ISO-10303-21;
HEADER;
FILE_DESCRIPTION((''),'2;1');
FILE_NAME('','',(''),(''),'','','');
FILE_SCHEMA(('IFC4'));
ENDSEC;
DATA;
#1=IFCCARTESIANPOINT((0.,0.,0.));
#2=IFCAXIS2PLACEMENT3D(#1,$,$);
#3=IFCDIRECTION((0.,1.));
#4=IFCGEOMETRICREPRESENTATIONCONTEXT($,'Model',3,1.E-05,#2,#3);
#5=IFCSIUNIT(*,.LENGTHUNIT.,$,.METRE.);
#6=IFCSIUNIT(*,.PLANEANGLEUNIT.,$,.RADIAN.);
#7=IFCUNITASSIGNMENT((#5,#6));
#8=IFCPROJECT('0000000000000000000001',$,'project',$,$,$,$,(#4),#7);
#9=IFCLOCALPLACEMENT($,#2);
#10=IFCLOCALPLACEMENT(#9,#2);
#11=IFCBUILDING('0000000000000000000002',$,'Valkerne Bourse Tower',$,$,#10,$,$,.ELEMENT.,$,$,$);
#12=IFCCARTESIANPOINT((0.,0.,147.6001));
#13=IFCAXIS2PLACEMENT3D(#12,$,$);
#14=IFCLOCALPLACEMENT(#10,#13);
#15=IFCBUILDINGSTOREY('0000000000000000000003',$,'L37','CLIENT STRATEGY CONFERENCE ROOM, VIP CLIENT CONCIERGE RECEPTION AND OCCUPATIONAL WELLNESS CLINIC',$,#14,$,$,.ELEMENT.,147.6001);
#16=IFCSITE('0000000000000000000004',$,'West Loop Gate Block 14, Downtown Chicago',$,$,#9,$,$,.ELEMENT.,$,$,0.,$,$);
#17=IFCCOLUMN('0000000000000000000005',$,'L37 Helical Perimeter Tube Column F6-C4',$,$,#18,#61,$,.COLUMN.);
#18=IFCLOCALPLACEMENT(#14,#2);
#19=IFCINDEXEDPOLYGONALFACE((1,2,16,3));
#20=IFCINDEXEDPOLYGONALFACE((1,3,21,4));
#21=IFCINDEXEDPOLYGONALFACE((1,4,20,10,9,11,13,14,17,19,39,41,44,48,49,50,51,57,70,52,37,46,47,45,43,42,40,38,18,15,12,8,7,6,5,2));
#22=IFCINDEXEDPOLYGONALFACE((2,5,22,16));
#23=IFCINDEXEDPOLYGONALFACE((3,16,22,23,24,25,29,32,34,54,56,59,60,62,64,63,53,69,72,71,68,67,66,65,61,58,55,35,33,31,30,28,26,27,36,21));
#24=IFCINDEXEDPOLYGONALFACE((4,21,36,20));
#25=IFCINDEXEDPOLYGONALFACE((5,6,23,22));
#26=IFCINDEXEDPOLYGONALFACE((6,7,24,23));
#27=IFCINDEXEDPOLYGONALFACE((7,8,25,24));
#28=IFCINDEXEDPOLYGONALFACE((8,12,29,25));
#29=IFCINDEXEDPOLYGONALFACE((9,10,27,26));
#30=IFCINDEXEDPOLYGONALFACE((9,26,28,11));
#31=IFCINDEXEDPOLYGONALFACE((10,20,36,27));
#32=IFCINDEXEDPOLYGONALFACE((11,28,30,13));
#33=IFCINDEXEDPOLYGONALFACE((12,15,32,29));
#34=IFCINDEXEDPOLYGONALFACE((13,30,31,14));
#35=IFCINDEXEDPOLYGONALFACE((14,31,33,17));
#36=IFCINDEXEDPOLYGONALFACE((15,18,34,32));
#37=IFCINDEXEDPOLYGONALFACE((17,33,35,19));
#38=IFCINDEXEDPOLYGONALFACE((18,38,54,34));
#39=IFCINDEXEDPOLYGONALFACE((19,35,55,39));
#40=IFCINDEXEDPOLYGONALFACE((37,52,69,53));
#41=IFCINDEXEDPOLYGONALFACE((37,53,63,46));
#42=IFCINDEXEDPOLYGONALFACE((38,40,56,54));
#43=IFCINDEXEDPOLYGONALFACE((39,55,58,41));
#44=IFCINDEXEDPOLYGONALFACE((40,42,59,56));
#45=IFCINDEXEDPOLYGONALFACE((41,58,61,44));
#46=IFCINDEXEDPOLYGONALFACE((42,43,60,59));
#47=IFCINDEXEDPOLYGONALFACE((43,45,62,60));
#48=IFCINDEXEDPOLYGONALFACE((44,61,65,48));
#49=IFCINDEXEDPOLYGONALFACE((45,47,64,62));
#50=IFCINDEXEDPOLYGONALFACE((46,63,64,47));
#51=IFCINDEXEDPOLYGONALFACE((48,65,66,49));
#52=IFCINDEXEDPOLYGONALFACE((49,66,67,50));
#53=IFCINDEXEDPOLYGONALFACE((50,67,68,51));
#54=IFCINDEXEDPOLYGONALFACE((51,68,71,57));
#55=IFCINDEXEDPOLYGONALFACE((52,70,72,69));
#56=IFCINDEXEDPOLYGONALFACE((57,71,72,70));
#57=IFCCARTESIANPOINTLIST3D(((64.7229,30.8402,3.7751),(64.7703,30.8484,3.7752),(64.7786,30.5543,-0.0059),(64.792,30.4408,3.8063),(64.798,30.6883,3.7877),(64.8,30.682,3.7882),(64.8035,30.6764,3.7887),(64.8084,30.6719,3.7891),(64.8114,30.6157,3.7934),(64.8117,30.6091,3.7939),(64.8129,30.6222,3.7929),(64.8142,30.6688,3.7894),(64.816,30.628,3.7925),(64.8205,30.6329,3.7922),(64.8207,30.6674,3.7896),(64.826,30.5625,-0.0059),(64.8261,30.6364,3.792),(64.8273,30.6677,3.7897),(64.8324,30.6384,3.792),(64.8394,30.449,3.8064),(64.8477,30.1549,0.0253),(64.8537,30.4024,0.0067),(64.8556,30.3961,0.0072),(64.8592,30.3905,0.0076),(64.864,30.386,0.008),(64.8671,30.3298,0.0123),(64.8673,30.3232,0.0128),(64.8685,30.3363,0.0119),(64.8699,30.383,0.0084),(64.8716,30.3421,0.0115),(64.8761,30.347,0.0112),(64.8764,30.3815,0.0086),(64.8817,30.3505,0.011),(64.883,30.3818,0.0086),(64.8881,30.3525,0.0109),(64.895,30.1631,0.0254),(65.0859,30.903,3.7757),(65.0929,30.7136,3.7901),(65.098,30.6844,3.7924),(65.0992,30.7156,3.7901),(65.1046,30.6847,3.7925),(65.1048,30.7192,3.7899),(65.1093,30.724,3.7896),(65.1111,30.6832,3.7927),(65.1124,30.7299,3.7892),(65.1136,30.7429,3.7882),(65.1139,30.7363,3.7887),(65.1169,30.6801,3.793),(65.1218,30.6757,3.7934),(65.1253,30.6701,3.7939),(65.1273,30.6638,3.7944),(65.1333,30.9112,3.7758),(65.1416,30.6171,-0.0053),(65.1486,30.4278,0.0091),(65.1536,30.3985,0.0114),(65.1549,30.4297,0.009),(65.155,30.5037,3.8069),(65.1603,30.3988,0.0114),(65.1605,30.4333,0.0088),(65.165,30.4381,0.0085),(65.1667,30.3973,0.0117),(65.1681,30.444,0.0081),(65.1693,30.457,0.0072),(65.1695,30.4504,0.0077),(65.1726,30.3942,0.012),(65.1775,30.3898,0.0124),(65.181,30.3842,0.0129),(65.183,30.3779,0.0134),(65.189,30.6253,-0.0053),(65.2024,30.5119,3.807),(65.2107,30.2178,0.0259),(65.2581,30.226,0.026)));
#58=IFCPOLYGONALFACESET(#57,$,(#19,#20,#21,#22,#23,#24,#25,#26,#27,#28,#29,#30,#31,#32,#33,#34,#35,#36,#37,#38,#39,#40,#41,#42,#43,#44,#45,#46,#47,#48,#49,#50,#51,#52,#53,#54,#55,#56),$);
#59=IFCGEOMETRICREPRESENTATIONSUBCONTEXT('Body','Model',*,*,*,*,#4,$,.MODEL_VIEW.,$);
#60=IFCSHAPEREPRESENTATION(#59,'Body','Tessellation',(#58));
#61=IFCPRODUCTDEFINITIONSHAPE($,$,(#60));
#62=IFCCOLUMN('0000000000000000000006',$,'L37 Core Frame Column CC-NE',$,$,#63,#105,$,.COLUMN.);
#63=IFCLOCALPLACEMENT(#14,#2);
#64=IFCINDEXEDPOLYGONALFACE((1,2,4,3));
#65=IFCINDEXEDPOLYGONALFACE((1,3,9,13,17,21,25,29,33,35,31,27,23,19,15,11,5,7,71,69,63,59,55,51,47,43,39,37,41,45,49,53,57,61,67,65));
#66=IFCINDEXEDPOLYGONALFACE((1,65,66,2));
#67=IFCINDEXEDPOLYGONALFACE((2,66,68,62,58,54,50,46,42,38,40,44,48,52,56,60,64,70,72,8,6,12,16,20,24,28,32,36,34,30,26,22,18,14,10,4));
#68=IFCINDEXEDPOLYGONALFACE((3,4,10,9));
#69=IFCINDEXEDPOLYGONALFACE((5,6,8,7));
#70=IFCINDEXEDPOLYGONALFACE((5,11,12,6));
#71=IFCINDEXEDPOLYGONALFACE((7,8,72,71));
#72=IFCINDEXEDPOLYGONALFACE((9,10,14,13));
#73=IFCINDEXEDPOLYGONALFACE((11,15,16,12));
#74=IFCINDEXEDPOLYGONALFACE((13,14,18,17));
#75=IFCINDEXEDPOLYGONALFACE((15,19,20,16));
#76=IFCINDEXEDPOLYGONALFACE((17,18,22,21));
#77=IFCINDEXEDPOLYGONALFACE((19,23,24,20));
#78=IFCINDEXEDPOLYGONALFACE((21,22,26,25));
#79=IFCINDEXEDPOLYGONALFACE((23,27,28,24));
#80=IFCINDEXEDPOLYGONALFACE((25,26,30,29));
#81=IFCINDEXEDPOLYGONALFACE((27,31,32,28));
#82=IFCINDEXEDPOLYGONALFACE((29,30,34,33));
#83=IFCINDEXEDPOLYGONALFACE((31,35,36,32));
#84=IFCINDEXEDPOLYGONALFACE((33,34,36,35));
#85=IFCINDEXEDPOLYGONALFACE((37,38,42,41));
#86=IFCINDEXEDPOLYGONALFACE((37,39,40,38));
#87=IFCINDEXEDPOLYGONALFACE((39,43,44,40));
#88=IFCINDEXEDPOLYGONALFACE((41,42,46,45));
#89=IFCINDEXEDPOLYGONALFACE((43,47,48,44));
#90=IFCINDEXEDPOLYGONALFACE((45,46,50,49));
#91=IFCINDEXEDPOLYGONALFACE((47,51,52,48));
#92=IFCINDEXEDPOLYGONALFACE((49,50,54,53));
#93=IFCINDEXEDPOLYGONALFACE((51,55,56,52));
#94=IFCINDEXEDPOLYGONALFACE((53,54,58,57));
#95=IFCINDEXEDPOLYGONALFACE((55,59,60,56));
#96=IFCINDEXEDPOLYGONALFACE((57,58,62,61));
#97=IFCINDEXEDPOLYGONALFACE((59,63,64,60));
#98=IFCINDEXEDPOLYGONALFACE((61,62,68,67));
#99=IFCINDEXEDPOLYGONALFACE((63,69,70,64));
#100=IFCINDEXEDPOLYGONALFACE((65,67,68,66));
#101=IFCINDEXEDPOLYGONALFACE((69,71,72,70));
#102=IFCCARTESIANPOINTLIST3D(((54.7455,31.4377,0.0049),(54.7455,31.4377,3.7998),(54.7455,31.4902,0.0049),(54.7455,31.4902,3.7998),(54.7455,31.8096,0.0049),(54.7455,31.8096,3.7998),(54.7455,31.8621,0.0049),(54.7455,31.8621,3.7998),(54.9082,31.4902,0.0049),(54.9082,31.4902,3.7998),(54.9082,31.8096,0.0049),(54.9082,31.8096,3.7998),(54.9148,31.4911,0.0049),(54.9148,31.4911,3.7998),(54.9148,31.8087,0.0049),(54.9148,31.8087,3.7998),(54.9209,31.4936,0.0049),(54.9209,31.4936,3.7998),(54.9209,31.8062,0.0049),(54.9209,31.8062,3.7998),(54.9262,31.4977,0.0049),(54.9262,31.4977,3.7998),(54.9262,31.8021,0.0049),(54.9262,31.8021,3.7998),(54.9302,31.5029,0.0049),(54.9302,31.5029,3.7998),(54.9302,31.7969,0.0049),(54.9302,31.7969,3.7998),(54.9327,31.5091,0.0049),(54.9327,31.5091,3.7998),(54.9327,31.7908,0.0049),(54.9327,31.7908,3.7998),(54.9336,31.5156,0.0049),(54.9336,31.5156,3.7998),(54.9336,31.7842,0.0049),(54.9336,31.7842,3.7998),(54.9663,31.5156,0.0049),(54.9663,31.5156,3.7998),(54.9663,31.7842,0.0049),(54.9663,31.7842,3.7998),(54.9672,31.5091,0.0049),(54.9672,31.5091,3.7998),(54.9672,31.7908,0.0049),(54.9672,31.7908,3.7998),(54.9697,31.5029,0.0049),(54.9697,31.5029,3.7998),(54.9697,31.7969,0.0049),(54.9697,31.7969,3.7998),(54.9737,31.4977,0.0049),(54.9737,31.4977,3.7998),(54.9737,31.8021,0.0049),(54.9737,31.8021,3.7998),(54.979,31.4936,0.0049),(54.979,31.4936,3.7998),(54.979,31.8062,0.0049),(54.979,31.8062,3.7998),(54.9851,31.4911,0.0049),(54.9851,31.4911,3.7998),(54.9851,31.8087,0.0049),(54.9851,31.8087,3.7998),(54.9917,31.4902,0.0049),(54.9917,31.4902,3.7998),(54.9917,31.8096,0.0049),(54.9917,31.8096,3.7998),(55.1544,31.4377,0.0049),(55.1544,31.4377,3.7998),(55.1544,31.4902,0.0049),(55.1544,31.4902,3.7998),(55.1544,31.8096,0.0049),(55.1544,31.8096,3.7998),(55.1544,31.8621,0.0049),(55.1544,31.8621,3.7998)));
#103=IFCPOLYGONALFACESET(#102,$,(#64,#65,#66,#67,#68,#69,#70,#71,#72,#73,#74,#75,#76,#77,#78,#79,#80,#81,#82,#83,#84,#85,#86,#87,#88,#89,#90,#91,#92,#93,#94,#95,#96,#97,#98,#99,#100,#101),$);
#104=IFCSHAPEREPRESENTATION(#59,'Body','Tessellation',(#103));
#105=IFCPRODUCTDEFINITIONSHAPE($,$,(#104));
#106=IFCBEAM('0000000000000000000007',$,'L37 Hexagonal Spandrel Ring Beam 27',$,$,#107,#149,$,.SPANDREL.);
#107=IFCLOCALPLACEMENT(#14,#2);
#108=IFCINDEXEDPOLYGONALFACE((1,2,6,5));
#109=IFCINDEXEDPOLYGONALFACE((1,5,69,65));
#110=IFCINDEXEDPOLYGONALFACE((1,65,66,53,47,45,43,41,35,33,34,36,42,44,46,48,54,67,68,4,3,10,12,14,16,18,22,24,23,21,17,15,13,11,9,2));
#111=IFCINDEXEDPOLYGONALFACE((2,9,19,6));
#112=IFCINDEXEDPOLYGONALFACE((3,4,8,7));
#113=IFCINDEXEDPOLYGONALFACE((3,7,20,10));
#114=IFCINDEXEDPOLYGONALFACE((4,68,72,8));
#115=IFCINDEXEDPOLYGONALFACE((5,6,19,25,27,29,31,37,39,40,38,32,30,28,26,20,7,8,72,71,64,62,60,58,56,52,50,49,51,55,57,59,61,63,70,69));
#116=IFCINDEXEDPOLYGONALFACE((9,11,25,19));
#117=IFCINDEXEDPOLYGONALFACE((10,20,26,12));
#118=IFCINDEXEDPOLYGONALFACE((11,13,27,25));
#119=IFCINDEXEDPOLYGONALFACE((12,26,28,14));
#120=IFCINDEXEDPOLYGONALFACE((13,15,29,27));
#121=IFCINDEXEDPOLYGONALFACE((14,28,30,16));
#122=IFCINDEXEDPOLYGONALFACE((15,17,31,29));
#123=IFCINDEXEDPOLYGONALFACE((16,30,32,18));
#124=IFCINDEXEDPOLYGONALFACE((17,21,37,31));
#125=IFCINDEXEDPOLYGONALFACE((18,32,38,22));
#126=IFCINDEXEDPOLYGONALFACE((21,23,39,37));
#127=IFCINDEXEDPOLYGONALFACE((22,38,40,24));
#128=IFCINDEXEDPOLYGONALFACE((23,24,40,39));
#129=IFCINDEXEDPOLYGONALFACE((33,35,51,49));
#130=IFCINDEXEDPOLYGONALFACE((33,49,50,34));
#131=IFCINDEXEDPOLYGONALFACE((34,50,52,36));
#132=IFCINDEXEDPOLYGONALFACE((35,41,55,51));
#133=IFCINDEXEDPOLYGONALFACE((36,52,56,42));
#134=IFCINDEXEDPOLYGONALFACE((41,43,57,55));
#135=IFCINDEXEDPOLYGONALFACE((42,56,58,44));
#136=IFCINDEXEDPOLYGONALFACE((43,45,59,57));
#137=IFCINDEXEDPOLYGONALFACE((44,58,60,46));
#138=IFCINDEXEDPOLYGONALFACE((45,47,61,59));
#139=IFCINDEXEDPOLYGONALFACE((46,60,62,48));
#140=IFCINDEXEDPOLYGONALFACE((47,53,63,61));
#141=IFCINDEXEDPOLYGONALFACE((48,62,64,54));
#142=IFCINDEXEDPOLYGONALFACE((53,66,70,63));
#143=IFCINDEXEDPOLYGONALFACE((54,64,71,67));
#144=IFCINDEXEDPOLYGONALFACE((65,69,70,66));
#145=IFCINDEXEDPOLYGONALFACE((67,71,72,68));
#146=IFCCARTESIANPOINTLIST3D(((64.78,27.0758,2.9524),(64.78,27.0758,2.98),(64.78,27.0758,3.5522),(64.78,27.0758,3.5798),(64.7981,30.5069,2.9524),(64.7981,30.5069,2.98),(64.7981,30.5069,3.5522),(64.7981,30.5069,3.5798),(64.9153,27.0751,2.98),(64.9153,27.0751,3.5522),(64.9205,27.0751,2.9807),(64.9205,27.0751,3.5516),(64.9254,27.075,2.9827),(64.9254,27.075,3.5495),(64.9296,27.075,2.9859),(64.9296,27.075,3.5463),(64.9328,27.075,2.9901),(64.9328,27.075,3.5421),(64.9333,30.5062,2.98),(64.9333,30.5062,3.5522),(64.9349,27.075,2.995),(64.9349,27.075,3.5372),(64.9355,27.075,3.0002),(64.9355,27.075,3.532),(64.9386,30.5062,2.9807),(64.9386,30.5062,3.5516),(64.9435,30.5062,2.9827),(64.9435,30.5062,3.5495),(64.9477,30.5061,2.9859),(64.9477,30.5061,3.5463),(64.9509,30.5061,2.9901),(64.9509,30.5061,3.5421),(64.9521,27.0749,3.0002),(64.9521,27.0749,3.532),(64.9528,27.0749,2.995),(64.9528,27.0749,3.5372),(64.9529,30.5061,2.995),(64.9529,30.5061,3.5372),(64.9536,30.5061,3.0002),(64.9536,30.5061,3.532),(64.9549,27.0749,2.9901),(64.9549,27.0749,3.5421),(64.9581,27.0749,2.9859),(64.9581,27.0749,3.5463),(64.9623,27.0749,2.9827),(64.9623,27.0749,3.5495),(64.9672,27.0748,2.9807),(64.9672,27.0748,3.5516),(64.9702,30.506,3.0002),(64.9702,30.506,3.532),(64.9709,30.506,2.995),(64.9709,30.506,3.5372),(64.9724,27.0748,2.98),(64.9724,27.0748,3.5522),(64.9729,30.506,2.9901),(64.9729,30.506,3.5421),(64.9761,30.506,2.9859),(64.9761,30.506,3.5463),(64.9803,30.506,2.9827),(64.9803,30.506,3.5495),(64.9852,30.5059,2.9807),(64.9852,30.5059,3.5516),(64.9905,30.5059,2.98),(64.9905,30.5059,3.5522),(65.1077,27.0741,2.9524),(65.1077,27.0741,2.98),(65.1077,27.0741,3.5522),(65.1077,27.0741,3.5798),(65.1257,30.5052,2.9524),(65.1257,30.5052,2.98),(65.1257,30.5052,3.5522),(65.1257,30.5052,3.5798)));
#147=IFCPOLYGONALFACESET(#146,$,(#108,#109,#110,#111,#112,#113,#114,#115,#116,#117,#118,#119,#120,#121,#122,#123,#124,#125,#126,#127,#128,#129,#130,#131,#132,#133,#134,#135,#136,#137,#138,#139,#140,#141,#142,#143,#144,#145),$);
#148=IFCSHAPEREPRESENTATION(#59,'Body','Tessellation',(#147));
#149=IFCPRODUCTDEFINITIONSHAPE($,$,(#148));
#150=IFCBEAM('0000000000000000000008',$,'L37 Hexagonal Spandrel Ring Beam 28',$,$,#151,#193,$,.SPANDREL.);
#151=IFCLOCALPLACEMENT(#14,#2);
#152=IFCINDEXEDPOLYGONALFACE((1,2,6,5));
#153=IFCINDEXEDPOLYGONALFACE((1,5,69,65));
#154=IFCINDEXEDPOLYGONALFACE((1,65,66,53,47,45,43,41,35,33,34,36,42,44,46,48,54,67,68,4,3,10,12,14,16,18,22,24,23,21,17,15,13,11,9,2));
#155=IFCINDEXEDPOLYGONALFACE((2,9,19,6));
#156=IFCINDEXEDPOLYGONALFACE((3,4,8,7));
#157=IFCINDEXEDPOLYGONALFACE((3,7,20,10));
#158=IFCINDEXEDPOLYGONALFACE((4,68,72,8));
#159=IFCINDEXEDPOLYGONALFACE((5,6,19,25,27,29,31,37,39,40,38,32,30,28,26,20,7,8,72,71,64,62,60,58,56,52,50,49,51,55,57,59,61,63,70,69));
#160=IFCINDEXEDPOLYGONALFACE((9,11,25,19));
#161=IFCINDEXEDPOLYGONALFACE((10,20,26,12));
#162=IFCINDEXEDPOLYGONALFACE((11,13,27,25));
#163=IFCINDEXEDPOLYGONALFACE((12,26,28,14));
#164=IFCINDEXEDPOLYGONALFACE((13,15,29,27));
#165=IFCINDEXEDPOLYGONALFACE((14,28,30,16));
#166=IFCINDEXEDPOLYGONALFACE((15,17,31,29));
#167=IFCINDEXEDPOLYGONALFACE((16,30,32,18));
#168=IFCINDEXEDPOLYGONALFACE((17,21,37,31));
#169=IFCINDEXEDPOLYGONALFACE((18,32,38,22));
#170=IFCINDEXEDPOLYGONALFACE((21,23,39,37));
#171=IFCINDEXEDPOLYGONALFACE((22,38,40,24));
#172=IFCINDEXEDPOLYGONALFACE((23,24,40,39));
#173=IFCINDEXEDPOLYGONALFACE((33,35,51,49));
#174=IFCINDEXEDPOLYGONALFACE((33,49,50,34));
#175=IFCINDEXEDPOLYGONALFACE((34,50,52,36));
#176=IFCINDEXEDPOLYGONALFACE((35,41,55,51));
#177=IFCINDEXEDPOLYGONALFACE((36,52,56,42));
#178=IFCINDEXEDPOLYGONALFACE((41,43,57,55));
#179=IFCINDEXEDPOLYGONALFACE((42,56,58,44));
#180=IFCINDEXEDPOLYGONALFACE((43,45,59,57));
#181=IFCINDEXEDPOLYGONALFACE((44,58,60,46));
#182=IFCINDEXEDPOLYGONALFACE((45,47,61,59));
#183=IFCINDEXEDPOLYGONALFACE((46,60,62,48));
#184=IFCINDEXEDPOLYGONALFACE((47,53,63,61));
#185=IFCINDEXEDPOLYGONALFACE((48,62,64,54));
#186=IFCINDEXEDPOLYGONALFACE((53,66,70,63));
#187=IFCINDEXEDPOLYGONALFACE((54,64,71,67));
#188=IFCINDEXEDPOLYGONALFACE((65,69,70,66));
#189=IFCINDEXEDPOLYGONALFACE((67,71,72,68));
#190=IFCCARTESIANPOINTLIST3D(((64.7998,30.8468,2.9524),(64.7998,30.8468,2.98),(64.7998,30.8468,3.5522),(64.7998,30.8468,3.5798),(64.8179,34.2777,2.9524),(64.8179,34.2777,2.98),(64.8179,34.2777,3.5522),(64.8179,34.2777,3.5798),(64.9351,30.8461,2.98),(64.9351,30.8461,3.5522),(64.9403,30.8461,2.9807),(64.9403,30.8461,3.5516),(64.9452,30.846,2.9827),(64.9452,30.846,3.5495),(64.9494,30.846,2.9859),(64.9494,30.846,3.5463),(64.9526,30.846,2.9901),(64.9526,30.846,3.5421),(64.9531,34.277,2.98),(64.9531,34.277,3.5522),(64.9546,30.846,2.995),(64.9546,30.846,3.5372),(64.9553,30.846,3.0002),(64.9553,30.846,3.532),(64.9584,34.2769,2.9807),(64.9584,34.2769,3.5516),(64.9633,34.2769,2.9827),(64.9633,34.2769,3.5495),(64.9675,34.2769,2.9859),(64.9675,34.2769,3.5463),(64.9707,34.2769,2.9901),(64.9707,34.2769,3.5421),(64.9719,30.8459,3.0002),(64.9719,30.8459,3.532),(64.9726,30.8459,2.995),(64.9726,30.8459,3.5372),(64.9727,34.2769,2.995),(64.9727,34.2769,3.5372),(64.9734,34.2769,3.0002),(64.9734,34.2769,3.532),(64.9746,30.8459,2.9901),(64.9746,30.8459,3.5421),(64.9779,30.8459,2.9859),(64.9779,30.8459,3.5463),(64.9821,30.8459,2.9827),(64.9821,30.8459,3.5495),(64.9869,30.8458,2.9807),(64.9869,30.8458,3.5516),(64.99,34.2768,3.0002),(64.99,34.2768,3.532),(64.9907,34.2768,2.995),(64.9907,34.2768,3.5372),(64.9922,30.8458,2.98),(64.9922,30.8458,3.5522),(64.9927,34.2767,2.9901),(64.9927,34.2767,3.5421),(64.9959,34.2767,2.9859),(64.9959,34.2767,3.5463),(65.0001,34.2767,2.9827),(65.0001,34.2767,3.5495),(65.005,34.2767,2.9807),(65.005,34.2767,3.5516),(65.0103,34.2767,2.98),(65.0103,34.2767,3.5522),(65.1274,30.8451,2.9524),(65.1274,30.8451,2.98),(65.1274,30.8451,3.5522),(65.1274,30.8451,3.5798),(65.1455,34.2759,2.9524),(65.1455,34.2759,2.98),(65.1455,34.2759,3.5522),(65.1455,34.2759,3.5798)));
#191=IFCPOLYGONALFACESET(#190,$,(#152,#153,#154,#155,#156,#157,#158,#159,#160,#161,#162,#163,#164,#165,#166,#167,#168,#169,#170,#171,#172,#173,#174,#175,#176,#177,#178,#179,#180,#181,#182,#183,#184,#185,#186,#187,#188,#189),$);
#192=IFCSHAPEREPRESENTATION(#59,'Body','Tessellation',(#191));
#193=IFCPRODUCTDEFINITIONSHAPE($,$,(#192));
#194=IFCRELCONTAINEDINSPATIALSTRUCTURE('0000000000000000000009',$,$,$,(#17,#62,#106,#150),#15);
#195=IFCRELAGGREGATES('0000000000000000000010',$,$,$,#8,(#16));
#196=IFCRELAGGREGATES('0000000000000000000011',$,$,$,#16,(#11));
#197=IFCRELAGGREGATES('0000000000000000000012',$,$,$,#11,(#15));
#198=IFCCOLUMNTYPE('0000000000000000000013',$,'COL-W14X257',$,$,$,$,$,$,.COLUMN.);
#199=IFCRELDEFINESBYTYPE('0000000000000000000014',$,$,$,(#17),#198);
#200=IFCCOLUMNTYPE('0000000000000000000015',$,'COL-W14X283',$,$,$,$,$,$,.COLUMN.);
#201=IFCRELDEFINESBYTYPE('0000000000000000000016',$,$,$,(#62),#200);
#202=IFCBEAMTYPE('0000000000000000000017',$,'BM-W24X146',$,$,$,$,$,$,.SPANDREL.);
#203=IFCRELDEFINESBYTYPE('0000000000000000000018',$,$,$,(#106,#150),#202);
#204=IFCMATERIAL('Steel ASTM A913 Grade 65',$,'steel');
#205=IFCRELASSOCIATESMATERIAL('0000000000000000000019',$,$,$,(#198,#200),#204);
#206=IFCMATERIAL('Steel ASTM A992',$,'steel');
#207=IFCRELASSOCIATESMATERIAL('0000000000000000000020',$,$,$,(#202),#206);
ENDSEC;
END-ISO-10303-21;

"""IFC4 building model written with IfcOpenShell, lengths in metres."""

from ifc_helpers import new_model, si_unit, direction, frame, origin, origin_2d, place, context, subcontext, project, spatial, i_section, extrude, material, material_profile, profile_set, type_object, element, save


model = new_model("IFC4")

# Units and contexts
model_context = context("Model", 3, precision=1e-05, world=origin(), true_north=direction((0.0, 1.0)))
body_context = subcontext(model_context, "Body", "Model", "MODEL_VIEW")
ifc_project = project(units=[si_unit("LENGTHUNIT", "METRE"), si_unit("PLANEANGLEUNIT", "RADIAN")], contexts=[model_context])

# Site, building, storey
site_placement = place(None, origin())
site = spatial("IfcSite", under=ifc_project, at=site_placement, Name="West Loop Gate Block 14, Downtown Chicago", CompositionType="ELEMENT", RefElevation=0.0)
building_placement = place(site_placement, origin())
building = spatial("IfcBuilding", under=site, at=building_placement, Name="Valkerne Bourse Tower", CompositionType="ELEMENT")
storey_placement = place(building_placement, frame((0.0, 0.0, 147.6001)))
storey = spatial("IfcBuildingStorey", under=building, at=storey_placement, Name="L37", Description="CLIENT STRATEGY CONFERENCE ROOM, VIP CLIENT CONCIERGE RECEPTION AND OCCUPATIONAL WELLNESS CLINIC", CompositionType="ELEMENT", Elevation=147.6001)

# Columns
ifc_material_1 = material(Name="Steel ASTM A913 Grade 65", Category="steel")
ifc_material_profile_1 = material_profile(ifc_material_1, i_section(OverallWidth=0.4065, OverallDepth=0.4165, WebThickness=0.0298, FlangeThickness=0.0481, FilletRadius=0.0254, at=origin_2d()), Name="W14X257")
ifc_profile_set_1 = profile_set([ifc_material_profile_1], Name="Steel ASTM A913 Grade 65")
column_type_1 = type_object("IfcColumnType", Name="COL-W14X257", PredefinedType="COLUMN", material=ifc_profile_set_1)
column_1_placement = place(storey_placement, frame((65.0183, 30.3901, 0.01), z_axis=(-0.014679, 0.075388, 0.997046), x_axis=(0.169954, -0.982456, 0.076787)))
element("IfcColumn", 1, at=column_1_placement, inside=storey, type_object=column_type_1, Name="L37 Helical Perimeter Tube Column F6-C4", PredefinedType="COLUMN", context=body_context, shape_type="SweptSolid", body=[
    extrude(i_section(OverallWidth=0.4065, OverallDepth=0.4165, WebThickness=0.0298, FlangeThickness=0.0481, FilletRadius=0.0254, at=origin_2d()), origin(), (0.0, 0.0, 1.0), 3.7922),
])
ifc_material_profile_2 = material_profile(ifc_material_1, i_section(OverallWidth=0.4089, OverallDepth=0.4243, WebThickness=0.0327, FlangeThickness=0.0525, FilletRadius=0.0254, at=origin_2d()), Name="W14X283")
ifc_profile_set_2 = profile_set([ifc_material_profile_2], Name="Steel ASTM A913 Grade 65")
column_type_2 = type_object("IfcColumnType", Name="COL-W14X283", PredefinedType="COLUMN", material=ifc_profile_set_2)
column_2_placement = place(storey_placement, frame((54.95, 31.6499, 0.0049), z_axis=(0.0, 0.0, 1.0), x_axis=(1.0, 0.0, 0.0)))
element("IfcColumn", 2, at=column_2_placement, inside=storey, type_object=column_type_2, Name="L37 Core Frame Column CC-NE", PredefinedType="COLUMN", context=body_context, shape_type="SweptSolid", body=[
    extrude(i_section(OverallWidth=0.4089, OverallDepth=0.4243, WebThickness=0.0327, FlangeThickness=0.0525, FilletRadius=0.0254, at=origin_2d()), origin(), (0.0, 0.0, 1.0), 3.7949),
])

# Beams
ifc_material_2 = material(Name="Steel ASTM A992", Category="steel")
ifc_material_profile_3 = material_profile(ifc_material_2, i_section(OverallWidth=0.3276, OverallDepth=0.6274, WebThickness=0.0166, FlangeThickness=0.0276, FilletRadius=0.0203, at=origin_2d()), Name="W24X146")
ifc_profile_set_3 = profile_set([ifc_material_profile_3], Name="Steel ASTM A992")
beam_type_1 = type_object("IfcBeamType", Name="BM-W24X146", PredefinedType="SPANDREL", material=ifc_profile_set_3)
beam_1_placement = place(storey_placement, frame((64.9438, 27.075, 3.2661), z_axis=(0.005265, 0.999986, 0.0), x_axis=(-0.999986, 0.005265, 0.0)))
element("IfcBeam", 3, at=beam_1_placement, inside=storey, type_object=beam_type_1, Name="L37 Hexagonal Spandrel Ring Beam 27", PredefinedType="SPANDREL", context=body_context, shape_type="SweptSolid", body=[
    extrude(i_section(OverallWidth=0.3276, OverallDepth=0.6274, WebThickness=0.0166, FlangeThickness=0.0276, FilletRadius=0.0203, at=origin_2d()), origin(), (0.0, 0.0, 1.0), 3.4312),
])
beam_2_placement = place(storey_placement, frame((64.9636, 30.8459, 3.2661), z_axis=(0.005266, 0.999986, 0.0), x_axis=(-0.999986, 0.005266, 0.0)))
element("IfcBeam", 4, at=beam_2_placement, inside=storey, type_object=beam_type_1, Name="L37 Hexagonal Spandrel Ring Beam 28", PredefinedType="SPANDREL", context=body_context, shape_type="SweptSolid", body=[
    extrude(i_section(OverallWidth=0.3276, OverallDepth=0.6274, WebThickness=0.0166, FlangeThickness=0.0276, FilletRadius=0.0203, at=origin_2d()), origin(), (0.0, 0.0, 1.0), 3.4309),
])

save(model, "model.ifc")
